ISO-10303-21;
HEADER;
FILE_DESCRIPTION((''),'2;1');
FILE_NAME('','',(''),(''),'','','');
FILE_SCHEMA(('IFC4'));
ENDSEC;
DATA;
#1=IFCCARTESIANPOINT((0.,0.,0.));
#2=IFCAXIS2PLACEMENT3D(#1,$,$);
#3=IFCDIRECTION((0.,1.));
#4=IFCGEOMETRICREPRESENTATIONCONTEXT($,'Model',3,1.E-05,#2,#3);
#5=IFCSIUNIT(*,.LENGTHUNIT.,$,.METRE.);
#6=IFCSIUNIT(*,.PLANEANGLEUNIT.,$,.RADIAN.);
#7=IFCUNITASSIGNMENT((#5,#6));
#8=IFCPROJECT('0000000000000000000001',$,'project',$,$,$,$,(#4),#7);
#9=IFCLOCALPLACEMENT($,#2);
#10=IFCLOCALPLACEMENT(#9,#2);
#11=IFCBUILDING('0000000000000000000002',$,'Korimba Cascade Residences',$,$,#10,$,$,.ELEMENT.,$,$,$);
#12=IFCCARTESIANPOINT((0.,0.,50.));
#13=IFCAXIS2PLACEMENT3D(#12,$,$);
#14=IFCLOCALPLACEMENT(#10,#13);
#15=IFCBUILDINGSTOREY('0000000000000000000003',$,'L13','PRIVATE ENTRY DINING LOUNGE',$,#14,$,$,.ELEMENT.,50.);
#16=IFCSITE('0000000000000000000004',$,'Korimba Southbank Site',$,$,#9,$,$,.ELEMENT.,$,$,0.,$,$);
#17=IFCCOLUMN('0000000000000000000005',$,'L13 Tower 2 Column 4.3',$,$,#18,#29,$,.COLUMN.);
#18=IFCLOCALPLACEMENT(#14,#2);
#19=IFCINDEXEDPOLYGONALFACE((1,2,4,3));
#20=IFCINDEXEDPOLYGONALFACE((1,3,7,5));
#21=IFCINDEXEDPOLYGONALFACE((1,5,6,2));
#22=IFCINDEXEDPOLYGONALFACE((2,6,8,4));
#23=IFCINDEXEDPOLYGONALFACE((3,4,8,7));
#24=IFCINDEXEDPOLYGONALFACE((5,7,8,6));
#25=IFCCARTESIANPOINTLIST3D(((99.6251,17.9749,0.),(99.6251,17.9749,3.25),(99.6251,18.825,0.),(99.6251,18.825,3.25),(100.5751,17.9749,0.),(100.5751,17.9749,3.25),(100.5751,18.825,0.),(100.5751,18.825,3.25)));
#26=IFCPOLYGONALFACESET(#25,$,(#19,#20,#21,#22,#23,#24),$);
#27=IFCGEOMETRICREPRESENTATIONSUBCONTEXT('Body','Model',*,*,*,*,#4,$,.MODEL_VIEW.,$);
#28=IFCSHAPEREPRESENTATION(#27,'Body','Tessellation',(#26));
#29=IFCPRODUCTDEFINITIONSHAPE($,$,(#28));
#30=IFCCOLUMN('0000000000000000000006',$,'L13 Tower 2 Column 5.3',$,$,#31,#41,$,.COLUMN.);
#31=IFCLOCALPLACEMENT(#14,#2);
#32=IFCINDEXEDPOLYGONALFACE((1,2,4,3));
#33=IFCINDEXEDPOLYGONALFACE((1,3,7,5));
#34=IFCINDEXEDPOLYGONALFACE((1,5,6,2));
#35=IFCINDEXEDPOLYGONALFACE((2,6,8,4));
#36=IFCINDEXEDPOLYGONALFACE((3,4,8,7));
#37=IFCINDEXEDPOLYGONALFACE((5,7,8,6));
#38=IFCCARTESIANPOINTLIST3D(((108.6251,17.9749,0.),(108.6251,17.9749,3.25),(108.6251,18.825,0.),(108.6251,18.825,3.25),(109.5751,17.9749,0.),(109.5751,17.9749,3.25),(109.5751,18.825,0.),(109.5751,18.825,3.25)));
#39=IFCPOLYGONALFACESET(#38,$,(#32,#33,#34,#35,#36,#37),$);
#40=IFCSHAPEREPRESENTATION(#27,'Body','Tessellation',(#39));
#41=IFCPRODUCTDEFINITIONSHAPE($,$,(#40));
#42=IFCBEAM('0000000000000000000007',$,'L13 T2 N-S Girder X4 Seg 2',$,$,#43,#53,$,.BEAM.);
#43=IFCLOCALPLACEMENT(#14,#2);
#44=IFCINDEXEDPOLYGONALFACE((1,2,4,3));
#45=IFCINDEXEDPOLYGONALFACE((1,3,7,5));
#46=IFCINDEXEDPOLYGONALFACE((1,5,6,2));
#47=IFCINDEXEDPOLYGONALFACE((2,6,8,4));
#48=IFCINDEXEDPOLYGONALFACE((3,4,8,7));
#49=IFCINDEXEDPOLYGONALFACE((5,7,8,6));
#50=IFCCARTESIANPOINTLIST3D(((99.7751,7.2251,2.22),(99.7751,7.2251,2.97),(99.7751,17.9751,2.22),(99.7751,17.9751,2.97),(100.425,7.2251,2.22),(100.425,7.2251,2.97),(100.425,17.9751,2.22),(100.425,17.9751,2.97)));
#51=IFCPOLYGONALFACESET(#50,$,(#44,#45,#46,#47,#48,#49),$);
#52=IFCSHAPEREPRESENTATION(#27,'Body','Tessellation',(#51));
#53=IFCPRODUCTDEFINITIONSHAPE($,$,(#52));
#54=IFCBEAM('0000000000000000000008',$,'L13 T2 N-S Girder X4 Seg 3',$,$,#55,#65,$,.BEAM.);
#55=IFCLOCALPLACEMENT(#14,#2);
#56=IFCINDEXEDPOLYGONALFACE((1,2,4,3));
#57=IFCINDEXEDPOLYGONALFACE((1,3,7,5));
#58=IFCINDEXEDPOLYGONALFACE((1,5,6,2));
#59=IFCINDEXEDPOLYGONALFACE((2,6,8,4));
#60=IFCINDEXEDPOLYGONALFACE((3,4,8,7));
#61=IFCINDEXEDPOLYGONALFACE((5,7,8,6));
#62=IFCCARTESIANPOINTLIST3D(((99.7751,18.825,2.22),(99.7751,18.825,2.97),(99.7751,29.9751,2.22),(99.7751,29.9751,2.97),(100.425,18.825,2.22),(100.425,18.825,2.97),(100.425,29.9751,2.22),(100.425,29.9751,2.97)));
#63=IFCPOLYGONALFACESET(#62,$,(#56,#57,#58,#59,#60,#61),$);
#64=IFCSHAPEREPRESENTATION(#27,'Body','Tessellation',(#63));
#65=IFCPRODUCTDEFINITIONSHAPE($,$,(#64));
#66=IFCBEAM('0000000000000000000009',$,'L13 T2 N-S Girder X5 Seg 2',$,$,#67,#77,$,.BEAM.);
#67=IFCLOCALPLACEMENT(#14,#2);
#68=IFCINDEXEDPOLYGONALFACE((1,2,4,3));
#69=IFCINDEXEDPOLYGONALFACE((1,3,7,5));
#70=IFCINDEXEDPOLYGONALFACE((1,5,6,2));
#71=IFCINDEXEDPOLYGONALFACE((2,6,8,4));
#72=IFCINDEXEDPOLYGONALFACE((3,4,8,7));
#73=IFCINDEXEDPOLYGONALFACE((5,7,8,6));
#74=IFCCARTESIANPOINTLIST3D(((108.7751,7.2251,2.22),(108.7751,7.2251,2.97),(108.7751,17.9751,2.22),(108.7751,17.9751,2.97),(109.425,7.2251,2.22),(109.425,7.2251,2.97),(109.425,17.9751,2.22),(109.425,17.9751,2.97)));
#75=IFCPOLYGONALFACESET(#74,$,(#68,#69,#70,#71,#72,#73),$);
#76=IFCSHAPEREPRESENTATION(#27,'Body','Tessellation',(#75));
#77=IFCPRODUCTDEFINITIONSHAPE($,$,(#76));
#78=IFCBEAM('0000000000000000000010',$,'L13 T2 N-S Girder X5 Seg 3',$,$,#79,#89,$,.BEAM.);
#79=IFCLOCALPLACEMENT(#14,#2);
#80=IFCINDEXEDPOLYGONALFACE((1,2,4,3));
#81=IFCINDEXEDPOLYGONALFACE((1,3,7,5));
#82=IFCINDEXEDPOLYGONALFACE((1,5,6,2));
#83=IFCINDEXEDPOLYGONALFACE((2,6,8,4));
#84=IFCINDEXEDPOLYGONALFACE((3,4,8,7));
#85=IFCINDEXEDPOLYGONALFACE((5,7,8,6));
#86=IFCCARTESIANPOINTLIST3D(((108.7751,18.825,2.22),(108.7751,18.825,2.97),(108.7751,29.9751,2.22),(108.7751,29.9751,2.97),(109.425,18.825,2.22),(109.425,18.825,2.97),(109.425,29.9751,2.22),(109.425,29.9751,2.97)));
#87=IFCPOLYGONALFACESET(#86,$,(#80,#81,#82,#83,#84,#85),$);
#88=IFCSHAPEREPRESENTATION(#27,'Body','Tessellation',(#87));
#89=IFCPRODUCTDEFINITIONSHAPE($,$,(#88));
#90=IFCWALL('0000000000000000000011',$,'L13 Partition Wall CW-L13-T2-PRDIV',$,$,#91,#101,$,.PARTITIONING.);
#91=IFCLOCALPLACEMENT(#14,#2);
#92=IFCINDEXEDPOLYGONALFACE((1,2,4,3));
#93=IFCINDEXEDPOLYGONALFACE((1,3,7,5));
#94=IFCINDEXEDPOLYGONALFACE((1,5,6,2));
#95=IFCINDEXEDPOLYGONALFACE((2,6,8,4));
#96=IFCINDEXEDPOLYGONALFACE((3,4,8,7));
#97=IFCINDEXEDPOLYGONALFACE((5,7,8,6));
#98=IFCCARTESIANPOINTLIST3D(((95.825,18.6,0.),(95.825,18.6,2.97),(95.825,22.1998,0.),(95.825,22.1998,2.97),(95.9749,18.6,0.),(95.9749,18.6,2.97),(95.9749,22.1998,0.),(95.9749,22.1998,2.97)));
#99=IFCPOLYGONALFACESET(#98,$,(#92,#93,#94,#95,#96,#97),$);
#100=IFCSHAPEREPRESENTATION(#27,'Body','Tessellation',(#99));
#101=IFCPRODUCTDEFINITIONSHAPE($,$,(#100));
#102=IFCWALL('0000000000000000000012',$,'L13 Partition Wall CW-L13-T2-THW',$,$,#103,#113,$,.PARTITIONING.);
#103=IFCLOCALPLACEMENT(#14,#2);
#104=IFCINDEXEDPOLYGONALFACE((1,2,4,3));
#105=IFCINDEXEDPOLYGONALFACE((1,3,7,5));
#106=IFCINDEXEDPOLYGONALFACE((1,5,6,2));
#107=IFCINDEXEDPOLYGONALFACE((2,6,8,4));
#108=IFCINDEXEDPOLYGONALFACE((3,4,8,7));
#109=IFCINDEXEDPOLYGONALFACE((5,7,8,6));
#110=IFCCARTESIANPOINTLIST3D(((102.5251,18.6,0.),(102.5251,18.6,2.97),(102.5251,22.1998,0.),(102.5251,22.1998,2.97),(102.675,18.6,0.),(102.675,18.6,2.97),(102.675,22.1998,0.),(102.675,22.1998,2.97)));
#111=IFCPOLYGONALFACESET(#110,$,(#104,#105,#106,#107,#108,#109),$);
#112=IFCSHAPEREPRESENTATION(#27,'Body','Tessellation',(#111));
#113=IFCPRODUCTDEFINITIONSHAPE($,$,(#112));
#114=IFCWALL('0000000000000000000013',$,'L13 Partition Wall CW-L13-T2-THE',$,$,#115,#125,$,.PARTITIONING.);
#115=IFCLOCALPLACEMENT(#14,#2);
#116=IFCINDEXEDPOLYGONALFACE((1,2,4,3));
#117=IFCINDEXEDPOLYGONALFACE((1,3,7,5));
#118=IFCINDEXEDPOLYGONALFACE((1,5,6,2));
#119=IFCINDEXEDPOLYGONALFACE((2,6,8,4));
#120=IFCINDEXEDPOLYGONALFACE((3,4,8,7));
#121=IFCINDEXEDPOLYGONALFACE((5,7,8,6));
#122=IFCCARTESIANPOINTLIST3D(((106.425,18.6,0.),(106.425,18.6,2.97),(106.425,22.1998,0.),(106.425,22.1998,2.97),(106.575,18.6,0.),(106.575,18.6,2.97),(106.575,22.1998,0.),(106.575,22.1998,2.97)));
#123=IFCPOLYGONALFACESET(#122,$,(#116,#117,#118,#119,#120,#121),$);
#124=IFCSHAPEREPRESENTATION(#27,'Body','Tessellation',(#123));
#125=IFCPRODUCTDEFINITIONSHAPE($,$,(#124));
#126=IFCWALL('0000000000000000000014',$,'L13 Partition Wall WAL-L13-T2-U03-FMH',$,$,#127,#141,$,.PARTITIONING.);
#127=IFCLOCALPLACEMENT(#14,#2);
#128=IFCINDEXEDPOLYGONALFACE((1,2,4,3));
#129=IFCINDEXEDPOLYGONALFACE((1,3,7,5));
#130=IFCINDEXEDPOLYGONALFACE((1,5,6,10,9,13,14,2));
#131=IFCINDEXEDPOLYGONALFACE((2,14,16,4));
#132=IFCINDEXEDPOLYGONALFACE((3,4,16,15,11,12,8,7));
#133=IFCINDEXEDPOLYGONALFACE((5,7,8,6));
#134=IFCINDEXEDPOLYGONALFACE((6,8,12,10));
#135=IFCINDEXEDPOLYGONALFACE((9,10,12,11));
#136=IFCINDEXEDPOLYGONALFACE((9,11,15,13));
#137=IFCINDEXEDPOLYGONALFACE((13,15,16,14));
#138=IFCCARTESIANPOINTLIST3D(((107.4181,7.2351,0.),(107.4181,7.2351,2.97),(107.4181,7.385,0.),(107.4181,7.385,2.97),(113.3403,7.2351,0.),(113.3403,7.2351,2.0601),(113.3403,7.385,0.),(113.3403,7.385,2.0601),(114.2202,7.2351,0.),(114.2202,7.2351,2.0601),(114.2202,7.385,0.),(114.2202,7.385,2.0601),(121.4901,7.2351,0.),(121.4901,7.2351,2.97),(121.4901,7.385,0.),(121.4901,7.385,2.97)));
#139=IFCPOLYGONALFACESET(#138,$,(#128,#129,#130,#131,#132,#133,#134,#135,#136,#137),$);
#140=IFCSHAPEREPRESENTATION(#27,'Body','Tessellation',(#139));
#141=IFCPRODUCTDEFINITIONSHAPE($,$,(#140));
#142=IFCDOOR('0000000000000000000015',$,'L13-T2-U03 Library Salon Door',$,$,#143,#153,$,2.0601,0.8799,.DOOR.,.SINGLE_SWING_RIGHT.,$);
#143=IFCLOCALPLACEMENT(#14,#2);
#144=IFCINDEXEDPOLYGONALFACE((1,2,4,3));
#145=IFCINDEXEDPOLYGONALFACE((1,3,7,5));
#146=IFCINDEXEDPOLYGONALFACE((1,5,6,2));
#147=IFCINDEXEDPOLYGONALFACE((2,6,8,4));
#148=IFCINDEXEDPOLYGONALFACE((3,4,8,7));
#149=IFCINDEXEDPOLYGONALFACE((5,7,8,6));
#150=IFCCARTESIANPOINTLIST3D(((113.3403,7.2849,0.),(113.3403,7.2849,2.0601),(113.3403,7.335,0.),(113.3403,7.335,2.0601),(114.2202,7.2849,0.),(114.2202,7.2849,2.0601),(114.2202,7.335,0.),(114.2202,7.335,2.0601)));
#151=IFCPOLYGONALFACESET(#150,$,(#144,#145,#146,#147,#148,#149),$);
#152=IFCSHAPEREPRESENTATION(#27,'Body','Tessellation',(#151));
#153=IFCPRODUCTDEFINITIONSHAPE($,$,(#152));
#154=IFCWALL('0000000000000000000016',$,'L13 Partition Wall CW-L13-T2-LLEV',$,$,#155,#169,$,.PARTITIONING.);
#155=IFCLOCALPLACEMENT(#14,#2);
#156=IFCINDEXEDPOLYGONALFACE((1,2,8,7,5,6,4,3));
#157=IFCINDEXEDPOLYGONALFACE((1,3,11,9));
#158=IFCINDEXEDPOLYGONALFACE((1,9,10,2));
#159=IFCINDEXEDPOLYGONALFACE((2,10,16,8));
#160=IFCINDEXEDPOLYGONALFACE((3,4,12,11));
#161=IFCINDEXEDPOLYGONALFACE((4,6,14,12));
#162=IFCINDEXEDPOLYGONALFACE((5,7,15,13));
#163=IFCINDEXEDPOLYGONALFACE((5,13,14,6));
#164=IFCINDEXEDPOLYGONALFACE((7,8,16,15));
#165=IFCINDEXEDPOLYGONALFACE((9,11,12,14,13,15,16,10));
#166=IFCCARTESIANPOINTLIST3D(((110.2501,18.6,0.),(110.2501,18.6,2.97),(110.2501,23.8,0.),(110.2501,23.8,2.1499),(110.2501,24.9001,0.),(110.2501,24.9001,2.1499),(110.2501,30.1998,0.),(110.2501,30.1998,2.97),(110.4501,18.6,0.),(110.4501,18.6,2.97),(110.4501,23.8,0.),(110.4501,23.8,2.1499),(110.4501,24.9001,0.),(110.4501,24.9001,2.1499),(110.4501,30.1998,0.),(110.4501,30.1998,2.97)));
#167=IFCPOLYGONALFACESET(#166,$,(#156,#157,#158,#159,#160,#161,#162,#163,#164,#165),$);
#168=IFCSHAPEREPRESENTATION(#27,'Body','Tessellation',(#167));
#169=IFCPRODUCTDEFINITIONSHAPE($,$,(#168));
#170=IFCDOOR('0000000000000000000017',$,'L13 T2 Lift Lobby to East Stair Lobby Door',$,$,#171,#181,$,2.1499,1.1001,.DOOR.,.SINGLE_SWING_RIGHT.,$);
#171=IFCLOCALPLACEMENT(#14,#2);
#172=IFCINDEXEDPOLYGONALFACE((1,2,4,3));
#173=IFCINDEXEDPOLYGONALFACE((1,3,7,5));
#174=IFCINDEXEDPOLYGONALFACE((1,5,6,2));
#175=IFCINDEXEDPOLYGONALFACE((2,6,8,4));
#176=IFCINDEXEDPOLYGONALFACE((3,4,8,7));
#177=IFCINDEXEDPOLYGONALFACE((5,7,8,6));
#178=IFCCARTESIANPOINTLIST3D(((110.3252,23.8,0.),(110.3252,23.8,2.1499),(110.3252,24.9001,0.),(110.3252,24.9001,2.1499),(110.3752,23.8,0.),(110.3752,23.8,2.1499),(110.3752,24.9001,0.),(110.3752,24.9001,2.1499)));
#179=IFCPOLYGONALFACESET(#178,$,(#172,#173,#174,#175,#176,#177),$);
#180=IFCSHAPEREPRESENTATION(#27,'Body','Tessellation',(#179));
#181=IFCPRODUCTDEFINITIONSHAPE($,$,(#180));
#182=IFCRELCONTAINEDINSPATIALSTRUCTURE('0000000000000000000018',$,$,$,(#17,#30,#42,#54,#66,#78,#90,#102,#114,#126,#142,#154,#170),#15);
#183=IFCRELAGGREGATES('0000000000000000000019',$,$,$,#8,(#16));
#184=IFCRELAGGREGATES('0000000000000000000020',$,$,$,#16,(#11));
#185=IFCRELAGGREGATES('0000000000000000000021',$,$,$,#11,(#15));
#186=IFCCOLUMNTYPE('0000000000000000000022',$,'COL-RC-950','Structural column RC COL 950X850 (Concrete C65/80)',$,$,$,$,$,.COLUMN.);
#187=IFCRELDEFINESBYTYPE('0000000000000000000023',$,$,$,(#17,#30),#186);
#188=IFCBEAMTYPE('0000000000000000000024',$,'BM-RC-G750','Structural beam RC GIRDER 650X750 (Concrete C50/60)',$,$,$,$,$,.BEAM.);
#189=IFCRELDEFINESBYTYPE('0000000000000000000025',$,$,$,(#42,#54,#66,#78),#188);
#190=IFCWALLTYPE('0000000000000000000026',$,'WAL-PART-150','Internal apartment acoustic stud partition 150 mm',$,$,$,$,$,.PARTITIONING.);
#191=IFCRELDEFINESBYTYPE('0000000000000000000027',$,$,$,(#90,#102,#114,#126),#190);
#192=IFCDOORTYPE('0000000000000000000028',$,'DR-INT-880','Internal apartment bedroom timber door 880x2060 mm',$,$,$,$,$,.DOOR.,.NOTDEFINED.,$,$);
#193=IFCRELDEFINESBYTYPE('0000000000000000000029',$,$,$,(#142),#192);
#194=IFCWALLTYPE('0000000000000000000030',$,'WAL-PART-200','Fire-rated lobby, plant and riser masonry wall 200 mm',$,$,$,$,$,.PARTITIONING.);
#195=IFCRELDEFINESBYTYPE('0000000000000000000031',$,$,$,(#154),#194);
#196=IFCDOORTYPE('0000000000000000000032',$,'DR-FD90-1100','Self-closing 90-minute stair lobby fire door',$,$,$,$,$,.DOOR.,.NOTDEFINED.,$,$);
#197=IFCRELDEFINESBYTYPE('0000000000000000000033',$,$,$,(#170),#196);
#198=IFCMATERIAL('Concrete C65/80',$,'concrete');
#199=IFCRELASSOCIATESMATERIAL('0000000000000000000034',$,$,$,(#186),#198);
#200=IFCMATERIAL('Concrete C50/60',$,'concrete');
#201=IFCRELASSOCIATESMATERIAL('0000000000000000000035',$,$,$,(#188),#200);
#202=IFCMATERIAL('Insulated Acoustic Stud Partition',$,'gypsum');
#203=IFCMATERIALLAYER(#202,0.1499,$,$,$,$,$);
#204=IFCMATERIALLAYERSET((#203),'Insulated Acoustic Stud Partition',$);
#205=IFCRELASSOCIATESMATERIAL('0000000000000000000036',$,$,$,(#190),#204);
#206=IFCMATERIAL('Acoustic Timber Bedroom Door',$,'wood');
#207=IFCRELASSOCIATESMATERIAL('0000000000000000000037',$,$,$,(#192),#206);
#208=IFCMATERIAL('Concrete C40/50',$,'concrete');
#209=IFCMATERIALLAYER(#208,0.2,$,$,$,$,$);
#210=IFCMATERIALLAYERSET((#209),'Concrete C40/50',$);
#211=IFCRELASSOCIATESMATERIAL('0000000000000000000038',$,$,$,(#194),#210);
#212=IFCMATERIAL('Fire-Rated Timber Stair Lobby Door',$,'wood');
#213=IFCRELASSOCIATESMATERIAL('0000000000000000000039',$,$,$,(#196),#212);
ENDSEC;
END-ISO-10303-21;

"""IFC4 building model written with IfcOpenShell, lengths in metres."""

from ifc_helpers import new_model, si_unit, direction, frame, frame_2d, origin, origin_2d, place, context, subcontext, project, spatial, rectangle, extrude, material, layer, layer_set, material_profile, profile_set, type_object, element, fill, save


model = new_model("IFC4")

# Units and contexts
model_context = context("Model", 3, precision=1e-05, world=origin(), true_north=direction((0.0, 1.0)))
body_context = subcontext(model_context, "Body", "Model", "MODEL_VIEW")
ifc_project = project(units=[si_unit("LENGTHUNIT", "METRE"), si_unit("PLANEANGLEUNIT", "RADIAN")], contexts=[model_context])

# Site, building, storey
site_placement = place(None, origin())
site = spatial("IfcSite", under=ifc_project, at=site_placement, Name="Korimba Southbank Site", CompositionType="ELEMENT", RefElevation=0.0)
building_placement = place(site_placement, origin())
building = spatial("IfcBuilding", under=site, at=building_placement, Name="Korimba Cascade Residences", CompositionType="ELEMENT")
storey_placement = place(building_placement, frame((0.0, 0.0, 50.0)))
storey = spatial("IfcBuildingStorey", under=building, at=storey_placement, Name="L13", Description="PRIVATE ENTRY DINING LOUNGE", CompositionType="ELEMENT", Elevation=50.0)

# Columns
ifc_material_1 = material(Name="Concrete C65/80", Category="concrete")
ifc_material_profile_1 = material_profile(ifc_material_1, rectangle(XDim=0.95, YDim=0.8501, at=origin_2d()), Name="Concrete C65/80")
ifc_profile_set_1 = profile_set([ifc_material_profile_1], Name="Concrete C65/80")
column_type = type_object("IfcColumnType", Name="COL-RC-950", Description="Structural column RC COL 950X850 (Concrete C65/80)", PredefinedType="COLUMN", material=ifc_profile_set_1)
for number, where, z_axis, x_axis, name in (
    (1, (100.1001, 18.3999, 0.0), (0.0, 0.0, 1.0), (1.0, 0.0, 0.0), "L13 Tower 2 Column 4.3"),
    (2, (109.1001, 18.3999, 0.0), (0.0, 0.0, 1.0), (1.0, 0.0, 0.0), "L13 Tower 2 Column 5.3"),
):
    element("IfcColumn", number, at=place(storey_placement, frame(where, z_axis=z_axis, x_axis=x_axis)), inside=storey, type_object=column_type, Name=name, PredefinedType="COLUMN", context=body_context, shape_type="SweptSolid", body=[
        extrude(rectangle(XDim=0.95, YDim=0.8501, at=origin_2d()), origin(), (0.0, 0.0, 1.0), 3.25),
    ])

# Beams
ifc_material_2 = material(Name="Concrete C50/60", Category="concrete")
ifc_material_profile_2 = material_profile(ifc_material_2, rectangle(XDim=0.6499, YDim=0.75, at=origin_2d()), Name="Concrete C50/60")
ifc_profile_set_2 = profile_set([ifc_material_profile_2], Name="Concrete C50/60")
beam_type = type_object("IfcBeamType", Name="BM-RC-G750", Description="Structural beam RC GIRDER 650X750 (Concrete C50/60)", PredefinedType="BEAM", material=ifc_profile_set_2)
beam_1_placement = place(storey_placement, frame((100.1001, 7.2251, 2.595), z_axis=(0.0, 1.0, 0.0), x_axis=(-1.0, 0.0, 0.0)))
element("IfcBeam", 3, at=beam_1_placement, inside=storey, type_object=beam_type, Name="L13 T2 N-S Girder X4 Seg 2", PredefinedType="BEAM", context=body_context, shape_type="SweptSolid", body=[
    extrude(rectangle(XDim=0.6499, YDim=0.75, at=origin_2d()), origin(), (0.0, 0.0, 1.0), 10.75),
])
beam_2_placement = place(storey_placement, frame((100.1001, 18.825, 2.595), z_axis=(0.0, 1.0, 0.0), x_axis=(-1.0, 0.0, 0.0)))
element("IfcBeam", 4, at=beam_2_placement, inside=storey, type_object=beam_type, Name="L13 T2 N-S Girder X4 Seg 3", PredefinedType="BEAM", context=body_context, shape_type="SweptSolid", body=[
    extrude(rectangle(XDim=0.6499, YDim=0.75, at=origin_2d()), origin(), (0.0, 0.0, 1.0), 11.1501),
])
beam_3_placement = place(storey_placement, frame((109.1001, 7.2251, 2.595), z_axis=(0.0, 1.0, 0.0), x_axis=(-1.0, 0.0, 0.0)))
element("IfcBeam", 5, at=beam_3_placement, inside=storey, type_object=beam_type, Name="L13 T2 N-S Girder X5 Seg 2", PredefinedType="BEAM", context=body_context, shape_type="SweptSolid", body=[
    extrude(rectangle(XDim=0.6499, YDim=0.75, at=origin_2d()), origin(), (0.0, 0.0, 1.0), 10.75),
])
beam_4_placement = place(storey_placement, frame((109.1001, 18.825, 2.595), z_axis=(0.0, 1.0, 0.0), x_axis=(-1.0, 0.0, 0.0)))
element("IfcBeam", 6, at=beam_4_placement, inside=storey, type_object=beam_type, Name="L13 T2 N-S Girder X5 Seg 3", PredefinedType="BEAM", context=body_context, shape_type="SweptSolid", body=[
    extrude(rectangle(XDim=0.6499, YDim=0.75, at=origin_2d()), origin(), (0.0, 0.0, 1.0), 11.1501),
])

# Walls
ifc_material_3 = material(Name="Insulated Acoustic Stud Partition", Category="gypsum")
ifc_layer_1 = layer(ifc_material_3, 0.1499)
ifc_layer_set_1 = layer_set([ifc_layer_1], Name="Insulated Acoustic Stud Partition")
wall_type_1 = type_object("IfcWallType", Name="WAL-PART-150", Description="Internal apartment acoustic stud partition 150 mm", PredefinedType="PARTITIONING", material=ifc_layer_set_1)
for number, where, z_axis, x_axis, name in (
    (7, (95.8999, 18.6001, 0.0), (0.0, 0.0, 1.0), (0.0, 1.0, 0.0), "L13 Partition Wall CW-L13-T2-PRDIV"),
    (8, (102.6001, 18.6001, 0.0), (0.0, 0.0, 1.0), (0.0, 1.0, 0.0), "L13 Partition Wall CW-L13-T2-THW"),
    (9, (106.5, 18.6001, 0.0), (0.0, 0.0, 1.0), (0.0, 1.0, 0.0), "L13 Partition Wall CW-L13-T2-THE"),
):
    element("IfcWall", number, at=place(storey_placement, frame(where, z_axis=z_axis, x_axis=x_axis)), inside=storey, type_object=wall_type_1, Name=name, PredefinedType="PARTITIONING", context=body_context, shape_type="SweptSolid", body=[
        extrude(rectangle(XDim=3.5999, YDim=0.1499, at=frame_2d((1.7998, 0.0))), origin(), (0.0, 0.0, 1.0), 2.97),
    ])

# Walls, openings, doors
wall_1_placement = place(storey_placement, frame((107.418, 7.3101, 0.0), z_axis=(0.0, 0.0, 1.0), x_axis=(1.0, 0.0, 0.0)))
wall_1 = element("IfcWall", 10, at=wall_1_placement, inside=storey, type_object=wall_type_1, Name="L13 Partition Wall WAL-L13-T2-U03-FMH", PredefinedType="PARTITIONING", context=body_context, shape_type="SweptSolid", body=[
    extrude(rectangle(XDim=14.072, YDim=0.1499, at=frame_2d((7.0361, 0.0))), origin(), (0.0, 0.0, 1.0), 2.97),
])
opening_1_placement = place(wall_1_placement, frame((5.9224, 0.0, 0.0)))
opening_1 = element("IfcOpeningElement", 11, at=opening_1_placement, cuts=wall_1, PredefinedType="OPENING", context=body_context, shape_type="SweptSolid", body=[
    extrude(rectangle(XDim=0.8799, YDim=2.0601, at=frame_2d((0.4399, 1.03))), frame((0.0, 0.085, 0.0), z_axis=(0.0, -1.0, 0.0), x_axis=(1.0, 0.0, 0.0)), (0.0, 0.0, 1.0), 0.1699),
])
ifc_material_4 = material(Name="Acoustic Timber Bedroom Door", Category="wood")
door_type_1 = type_object("IfcDoorType", Name="DR-INT-880", Description="Internal apartment bedroom timber door 880x2060 mm", OperationType="NOTDEFINED", PredefinedType="DOOR", material=ifc_material_4)
door_1_placement = place(opening_1_placement, origin())
door_1 = element("IfcDoor", 12, at=door_1_placement, inside=storey, type_object=door_type_1, Name="L13-T2-U03 Library Salon Door", OperationType="SINGLE_SWING_RIGHT", OverallHeight=2.0601, OverallWidth=0.8799, PredefinedType="DOOR", context=body_context, shape_type="SweptSolid", body=[
    extrude(rectangle(XDim=0.8799, YDim=2.0601, at=frame_2d((0.4399, 1.03))), frame((0.0, 0.0249, 0.0), z_axis=(0.0, -1.0, 0.0), x_axis=(1.0, 0.0, 0.0)), (0.0, 0.0, 1.0), 0.05),
])
fill(opening_1, door_1)
ifc_material_5 = material(Name="Concrete C40/50", Category="concrete")
ifc_layer_2 = layer(ifc_material_5, 0.2)
ifc_layer_set_2 = layer_set([ifc_layer_2], Name="Concrete C40/50")
wall_type_2 = type_object("IfcWallType", Name="WAL-PART-200", Description="Fire-rated lobby, plant and riser masonry wall 200 mm", PredefinedType="PARTITIONING", material=ifc_layer_set_2)
wall_2_placement = place(storey_placement, frame((110.3501, 18.6001, 0.0), z_axis=(0.0, 0.0, 1.0), x_axis=(0.0, 1.0, 0.0)))
wall_2 = element("IfcWall", 13, at=wall_2_placement, inside=storey, type_object=wall_type_2, Name="L13 Partition Wall CW-L13-T2-LLEV", PredefinedType="PARTITIONING", context=body_context, shape_type="SweptSolid", body=[
    extrude(rectangle(XDim=11.5999, YDim=0.2, at=frame_2d((5.7998, 0.0))), origin(), (0.0, 0.0, 1.0), 2.97),
])
opening_2_placement = place(wall_2_placement, frame((5.2, 0.0, 0.0)))
opening_2 = element("IfcOpeningElement", 14, at=opening_2_placement, cuts=wall_2, PredefinedType="OPENING", context=body_context, shape_type="SweptSolid", body=[
    extrude(rectangle(XDim=1.1001, YDim=2.1499, at=frame_2d((0.55, 1.075))), frame((0.0, 0.1099, 0.0), z_axis=(0.0, -1.0, 0.0), x_axis=(1.0, 0.0, 0.0)), (0.0, 0.0, 1.0), 0.22),
])
ifc_material_6 = material(Name="Fire-Rated Timber Stair Lobby Door", Category="wood")
door_type_2 = type_object("IfcDoorType", Name="DR-FD90-1100", Description="Self-closing 90-minute stair lobby fire door", OperationType="NOTDEFINED", PredefinedType="DOOR", material=ifc_material_6)
door_2_placement = place(opening_2_placement, origin())
door_2 = element("IfcDoor", 15, at=door_2_placement, inside=storey, type_object=door_type_2, Name="L13 T2 Lift Lobby to East Stair Lobby Door", OperationType="SINGLE_SWING_RIGHT", OverallHeight=2.1499, OverallWidth=1.1001, PredefinedType="DOOR", context=body_context, shape_type="SweptSolid", body=[
    extrude(rectangle(XDim=1.1001, YDim=2.1499, at=frame_2d((0.55, 1.075))), frame((0.0, 0.0249, 0.0), z_axis=(0.0, -1.0, 0.0), x_axis=(1.0, 0.0, 0.0)), (0.0, 0.0, 1.0), 0.05),
])
fill(opening_2, door_2)

save(model, "model.ifc")
